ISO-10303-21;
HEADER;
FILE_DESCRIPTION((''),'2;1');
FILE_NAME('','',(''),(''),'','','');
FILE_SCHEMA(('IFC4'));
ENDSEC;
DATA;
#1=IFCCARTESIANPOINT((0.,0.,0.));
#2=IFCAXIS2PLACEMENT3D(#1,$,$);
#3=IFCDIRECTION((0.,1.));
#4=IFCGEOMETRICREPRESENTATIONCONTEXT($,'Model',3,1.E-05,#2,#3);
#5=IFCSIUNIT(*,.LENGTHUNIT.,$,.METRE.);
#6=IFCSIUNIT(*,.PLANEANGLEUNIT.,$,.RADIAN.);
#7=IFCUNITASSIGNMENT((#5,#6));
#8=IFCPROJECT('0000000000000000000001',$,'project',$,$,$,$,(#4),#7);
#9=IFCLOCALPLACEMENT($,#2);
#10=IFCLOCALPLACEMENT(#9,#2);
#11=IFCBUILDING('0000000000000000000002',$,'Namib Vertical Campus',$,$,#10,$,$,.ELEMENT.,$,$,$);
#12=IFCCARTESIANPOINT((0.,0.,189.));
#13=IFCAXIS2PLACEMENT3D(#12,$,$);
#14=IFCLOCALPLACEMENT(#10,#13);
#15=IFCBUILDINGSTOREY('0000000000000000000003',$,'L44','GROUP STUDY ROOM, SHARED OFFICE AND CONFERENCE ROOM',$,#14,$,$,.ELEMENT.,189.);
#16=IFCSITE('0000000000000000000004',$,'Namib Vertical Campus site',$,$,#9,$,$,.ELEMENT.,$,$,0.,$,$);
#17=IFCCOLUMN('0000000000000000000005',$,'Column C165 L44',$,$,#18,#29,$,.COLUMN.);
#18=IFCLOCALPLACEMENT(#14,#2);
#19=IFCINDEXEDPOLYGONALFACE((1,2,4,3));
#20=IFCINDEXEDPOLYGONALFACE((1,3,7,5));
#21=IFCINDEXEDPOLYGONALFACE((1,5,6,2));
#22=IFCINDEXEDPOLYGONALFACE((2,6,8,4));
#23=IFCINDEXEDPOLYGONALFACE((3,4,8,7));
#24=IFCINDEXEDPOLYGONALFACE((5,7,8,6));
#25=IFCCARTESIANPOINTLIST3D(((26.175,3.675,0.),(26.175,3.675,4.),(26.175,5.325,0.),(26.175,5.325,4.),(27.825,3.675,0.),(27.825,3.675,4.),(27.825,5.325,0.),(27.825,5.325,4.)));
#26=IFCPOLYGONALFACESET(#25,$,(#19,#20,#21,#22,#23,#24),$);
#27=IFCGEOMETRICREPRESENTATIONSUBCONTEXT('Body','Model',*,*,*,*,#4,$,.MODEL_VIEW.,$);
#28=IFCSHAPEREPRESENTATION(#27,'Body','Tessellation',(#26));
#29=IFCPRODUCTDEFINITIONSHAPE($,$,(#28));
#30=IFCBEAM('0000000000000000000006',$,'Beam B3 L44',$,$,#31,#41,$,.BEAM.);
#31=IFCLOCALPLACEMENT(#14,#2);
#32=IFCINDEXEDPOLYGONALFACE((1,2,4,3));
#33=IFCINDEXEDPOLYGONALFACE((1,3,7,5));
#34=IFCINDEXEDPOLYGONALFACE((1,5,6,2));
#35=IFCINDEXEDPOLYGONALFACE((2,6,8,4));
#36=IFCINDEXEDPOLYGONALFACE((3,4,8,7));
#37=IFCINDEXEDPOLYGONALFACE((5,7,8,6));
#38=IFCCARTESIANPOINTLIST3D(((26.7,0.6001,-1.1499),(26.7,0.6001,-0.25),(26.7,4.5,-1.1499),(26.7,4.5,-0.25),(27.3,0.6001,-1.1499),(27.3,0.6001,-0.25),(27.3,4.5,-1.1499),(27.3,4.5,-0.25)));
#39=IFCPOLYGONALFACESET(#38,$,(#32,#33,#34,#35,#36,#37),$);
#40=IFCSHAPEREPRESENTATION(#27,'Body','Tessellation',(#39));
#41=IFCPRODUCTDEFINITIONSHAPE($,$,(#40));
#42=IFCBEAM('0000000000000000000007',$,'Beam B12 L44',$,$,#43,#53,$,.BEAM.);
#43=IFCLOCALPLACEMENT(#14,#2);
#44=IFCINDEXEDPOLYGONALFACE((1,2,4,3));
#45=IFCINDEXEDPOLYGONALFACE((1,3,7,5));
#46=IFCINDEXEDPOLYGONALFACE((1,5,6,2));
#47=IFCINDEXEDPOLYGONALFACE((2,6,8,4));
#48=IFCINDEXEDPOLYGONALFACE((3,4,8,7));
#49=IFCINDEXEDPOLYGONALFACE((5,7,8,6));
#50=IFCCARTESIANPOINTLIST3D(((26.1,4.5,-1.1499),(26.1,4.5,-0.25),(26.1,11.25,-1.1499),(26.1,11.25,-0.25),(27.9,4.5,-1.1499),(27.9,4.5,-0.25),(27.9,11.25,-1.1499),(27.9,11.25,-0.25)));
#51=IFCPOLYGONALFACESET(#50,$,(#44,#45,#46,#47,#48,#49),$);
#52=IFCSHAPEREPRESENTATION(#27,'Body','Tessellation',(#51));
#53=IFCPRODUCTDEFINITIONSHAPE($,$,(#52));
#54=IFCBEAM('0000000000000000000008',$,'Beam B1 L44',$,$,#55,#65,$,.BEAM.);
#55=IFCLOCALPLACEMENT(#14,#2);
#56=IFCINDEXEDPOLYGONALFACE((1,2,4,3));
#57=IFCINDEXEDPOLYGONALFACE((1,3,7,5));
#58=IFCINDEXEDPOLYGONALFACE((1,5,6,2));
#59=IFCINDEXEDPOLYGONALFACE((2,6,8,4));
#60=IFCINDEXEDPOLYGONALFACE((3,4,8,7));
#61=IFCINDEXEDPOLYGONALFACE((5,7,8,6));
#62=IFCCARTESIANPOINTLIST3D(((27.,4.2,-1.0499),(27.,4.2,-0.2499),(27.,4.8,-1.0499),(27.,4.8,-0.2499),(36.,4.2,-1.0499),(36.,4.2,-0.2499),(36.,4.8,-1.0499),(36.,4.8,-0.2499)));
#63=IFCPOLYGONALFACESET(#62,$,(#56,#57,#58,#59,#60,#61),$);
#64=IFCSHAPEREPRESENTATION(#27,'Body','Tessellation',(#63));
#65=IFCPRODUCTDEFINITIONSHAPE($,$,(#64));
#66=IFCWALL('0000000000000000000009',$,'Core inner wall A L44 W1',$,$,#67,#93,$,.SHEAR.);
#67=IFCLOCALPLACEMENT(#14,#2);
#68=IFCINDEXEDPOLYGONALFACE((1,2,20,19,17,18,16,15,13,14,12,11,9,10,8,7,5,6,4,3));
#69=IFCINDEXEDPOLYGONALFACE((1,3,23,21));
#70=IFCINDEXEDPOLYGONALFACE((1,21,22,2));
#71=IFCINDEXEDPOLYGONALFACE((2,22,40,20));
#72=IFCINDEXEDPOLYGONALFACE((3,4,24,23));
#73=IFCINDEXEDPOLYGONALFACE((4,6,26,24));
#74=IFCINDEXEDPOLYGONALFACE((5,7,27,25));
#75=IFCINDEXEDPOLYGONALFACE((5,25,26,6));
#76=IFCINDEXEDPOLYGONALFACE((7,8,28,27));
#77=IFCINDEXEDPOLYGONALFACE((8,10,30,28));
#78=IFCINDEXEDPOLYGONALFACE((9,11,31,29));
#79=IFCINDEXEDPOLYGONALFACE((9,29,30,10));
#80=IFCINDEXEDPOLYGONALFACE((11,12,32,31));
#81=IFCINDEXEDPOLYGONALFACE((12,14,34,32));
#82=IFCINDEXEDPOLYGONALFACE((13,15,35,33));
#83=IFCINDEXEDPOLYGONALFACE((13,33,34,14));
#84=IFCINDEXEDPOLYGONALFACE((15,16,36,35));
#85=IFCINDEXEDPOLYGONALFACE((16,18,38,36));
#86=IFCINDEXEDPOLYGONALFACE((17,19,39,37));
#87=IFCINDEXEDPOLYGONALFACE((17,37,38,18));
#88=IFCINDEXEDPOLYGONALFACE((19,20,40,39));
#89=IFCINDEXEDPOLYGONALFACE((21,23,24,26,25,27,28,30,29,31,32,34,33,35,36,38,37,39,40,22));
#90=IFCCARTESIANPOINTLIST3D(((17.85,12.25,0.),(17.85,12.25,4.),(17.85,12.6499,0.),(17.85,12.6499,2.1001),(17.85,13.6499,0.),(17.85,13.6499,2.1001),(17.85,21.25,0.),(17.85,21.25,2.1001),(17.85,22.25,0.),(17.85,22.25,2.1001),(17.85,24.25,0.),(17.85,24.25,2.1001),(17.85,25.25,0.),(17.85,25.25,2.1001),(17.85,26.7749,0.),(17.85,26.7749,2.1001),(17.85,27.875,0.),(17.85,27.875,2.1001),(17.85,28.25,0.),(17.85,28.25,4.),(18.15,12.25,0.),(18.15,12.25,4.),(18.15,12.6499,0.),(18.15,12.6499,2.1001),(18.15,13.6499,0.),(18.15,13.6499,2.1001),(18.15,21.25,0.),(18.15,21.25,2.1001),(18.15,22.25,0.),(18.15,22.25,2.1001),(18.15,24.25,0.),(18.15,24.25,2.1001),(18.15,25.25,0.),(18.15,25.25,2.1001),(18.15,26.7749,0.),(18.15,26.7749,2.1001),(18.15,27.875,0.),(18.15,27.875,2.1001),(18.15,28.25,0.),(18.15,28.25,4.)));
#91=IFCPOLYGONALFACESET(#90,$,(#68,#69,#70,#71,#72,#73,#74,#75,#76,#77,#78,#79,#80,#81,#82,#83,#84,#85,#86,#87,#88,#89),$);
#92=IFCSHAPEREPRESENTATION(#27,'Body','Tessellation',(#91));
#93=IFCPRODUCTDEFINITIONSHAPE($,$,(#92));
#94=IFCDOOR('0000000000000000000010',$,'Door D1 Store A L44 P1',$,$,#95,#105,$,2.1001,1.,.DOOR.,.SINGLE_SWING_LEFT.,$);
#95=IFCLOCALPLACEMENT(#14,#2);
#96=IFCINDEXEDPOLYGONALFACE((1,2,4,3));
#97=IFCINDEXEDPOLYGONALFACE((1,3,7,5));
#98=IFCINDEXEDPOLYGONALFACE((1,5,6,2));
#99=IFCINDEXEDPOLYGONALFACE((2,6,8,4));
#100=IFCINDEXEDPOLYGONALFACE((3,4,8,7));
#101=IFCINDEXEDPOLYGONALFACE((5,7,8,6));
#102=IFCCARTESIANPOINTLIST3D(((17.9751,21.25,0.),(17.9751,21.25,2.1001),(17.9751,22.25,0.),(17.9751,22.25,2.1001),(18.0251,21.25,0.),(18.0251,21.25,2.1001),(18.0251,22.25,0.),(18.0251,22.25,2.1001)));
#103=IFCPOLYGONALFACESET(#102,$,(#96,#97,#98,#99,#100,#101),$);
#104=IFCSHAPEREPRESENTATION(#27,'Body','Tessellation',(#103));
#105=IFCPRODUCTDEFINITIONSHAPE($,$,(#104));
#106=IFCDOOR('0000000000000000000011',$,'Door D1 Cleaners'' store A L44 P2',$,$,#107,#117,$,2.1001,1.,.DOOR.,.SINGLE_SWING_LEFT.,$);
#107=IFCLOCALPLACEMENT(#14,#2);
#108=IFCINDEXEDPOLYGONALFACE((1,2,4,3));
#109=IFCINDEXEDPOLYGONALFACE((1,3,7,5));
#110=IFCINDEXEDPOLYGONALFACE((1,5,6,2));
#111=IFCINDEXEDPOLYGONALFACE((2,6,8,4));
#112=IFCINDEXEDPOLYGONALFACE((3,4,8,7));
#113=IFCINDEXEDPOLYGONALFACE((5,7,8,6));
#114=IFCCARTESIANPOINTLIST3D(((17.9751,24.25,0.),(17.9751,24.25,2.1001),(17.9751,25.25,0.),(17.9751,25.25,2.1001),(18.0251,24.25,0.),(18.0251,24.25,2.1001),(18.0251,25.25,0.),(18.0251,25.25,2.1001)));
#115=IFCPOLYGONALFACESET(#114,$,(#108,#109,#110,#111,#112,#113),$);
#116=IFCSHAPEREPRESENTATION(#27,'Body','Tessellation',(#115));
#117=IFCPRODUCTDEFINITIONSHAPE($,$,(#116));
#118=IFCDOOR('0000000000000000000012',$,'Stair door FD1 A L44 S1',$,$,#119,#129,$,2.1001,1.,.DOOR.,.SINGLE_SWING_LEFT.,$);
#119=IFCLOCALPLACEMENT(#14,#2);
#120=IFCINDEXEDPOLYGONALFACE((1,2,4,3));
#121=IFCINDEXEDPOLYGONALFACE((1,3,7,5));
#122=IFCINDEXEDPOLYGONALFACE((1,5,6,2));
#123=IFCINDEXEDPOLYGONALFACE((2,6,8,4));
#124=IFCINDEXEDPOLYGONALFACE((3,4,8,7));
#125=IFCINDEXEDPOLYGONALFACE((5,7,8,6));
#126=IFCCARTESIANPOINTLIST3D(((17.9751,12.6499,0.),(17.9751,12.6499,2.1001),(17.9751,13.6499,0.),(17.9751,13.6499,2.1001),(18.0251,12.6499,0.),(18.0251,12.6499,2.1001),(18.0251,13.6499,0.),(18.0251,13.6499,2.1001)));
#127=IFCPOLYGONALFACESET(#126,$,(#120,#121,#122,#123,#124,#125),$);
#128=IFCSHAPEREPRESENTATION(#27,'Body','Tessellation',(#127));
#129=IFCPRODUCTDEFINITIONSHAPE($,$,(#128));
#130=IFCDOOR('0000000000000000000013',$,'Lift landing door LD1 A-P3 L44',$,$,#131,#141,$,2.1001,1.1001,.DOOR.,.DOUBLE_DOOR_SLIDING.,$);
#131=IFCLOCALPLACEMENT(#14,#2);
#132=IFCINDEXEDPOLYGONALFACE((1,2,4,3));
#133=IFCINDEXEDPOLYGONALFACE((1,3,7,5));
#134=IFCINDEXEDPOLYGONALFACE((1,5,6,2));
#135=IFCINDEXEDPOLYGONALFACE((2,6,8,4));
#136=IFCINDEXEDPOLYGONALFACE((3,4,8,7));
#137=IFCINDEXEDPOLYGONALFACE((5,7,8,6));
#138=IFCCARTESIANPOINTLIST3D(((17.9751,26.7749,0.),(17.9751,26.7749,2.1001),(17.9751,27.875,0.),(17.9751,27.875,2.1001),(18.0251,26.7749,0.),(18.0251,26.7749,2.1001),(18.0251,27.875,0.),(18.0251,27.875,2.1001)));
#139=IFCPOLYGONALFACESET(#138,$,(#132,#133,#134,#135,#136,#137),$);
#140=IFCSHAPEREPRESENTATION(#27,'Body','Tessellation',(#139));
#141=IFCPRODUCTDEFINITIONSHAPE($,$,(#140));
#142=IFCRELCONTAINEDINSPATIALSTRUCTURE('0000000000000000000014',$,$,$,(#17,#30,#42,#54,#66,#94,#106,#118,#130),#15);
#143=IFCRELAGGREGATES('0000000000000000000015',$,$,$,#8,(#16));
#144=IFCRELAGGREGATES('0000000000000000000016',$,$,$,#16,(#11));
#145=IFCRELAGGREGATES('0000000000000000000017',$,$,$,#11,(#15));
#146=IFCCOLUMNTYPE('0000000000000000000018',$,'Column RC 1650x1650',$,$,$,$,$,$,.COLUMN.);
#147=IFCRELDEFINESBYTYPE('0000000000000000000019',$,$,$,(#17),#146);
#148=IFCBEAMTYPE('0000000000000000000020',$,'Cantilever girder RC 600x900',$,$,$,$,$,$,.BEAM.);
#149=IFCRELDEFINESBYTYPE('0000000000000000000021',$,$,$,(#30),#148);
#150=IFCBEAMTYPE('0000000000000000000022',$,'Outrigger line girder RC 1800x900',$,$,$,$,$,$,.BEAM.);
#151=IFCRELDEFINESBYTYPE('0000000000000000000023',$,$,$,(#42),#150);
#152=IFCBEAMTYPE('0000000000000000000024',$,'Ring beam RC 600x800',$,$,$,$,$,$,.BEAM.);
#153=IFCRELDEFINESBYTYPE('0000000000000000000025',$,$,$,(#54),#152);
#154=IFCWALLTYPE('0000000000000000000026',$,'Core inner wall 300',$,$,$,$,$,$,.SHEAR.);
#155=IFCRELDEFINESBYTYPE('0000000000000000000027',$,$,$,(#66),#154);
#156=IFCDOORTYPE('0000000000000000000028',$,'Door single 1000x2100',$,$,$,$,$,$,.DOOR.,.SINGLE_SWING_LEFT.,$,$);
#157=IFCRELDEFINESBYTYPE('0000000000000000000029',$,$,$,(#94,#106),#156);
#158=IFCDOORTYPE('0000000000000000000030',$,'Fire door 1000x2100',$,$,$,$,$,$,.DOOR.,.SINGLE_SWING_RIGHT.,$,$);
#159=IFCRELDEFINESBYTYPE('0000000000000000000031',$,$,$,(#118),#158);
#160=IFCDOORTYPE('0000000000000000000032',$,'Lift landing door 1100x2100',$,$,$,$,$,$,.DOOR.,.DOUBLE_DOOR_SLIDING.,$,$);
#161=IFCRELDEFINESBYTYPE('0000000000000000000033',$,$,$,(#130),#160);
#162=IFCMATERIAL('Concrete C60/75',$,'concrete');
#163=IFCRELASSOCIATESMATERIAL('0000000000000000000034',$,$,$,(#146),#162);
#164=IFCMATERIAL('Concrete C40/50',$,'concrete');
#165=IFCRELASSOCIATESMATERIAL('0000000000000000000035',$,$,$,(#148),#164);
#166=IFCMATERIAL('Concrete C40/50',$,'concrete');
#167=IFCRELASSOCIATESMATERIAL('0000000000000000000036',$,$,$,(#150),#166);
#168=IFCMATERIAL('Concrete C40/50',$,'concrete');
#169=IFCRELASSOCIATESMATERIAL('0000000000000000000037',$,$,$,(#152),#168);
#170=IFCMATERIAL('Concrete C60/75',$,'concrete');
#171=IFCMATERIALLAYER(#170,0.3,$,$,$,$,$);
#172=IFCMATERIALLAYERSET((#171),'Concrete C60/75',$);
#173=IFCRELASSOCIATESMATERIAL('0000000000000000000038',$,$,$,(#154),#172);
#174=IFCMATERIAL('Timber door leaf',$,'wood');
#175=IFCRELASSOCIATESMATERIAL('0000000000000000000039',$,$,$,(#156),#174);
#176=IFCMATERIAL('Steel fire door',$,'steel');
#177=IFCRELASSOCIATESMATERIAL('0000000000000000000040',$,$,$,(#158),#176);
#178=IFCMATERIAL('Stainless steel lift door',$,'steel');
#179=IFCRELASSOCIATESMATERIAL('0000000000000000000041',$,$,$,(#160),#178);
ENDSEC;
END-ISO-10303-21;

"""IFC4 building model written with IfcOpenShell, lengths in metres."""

from ifc_helpers import new_model, si_unit, direction, frame, frame_2d, origin, origin_2d, place, context, subcontext, project, spatial, rectangle, extrude, material, layer, layer_set, material_profile, profile_set, type_object, element, fill, save


model = new_model("IFC4")

# Units and contexts
model_context = context("Model", 3, precision=1e-05, world=origin(), true_north=direction((0.0, 1.0)))
body_context = subcontext(model_context, "Body", "Model", "MODEL_VIEW")
ifc_project = project(units=[si_unit("LENGTHUNIT", "METRE"), si_unit("PLANEANGLEUNIT", "RADIAN")], contexts=[model_context])

# Site, building, storey
site_placement = place(None, origin())
site = spatial("IfcSite", under=ifc_project, at=site_placement, Name="Namib Vertical Campus site", CompositionType="ELEMENT", RefElevation=0.0)
building_placement = place(site_placement, origin())
building = spatial("IfcBuilding", under=site, at=building_placement, Name="Namib Vertical Campus", CompositionType="ELEMENT")
storey_placement = place(building_placement, frame((0.0, 0.0, 189.0)))
storey = spatial("IfcBuildingStorey", under=building, at=storey_placement, Name="L44", Description="GROUP STUDY ROOM, SHARED OFFICE AND CONFERENCE ROOM", CompositionType="ELEMENT", Elevation=189.0)

# Column
ifc_material_1 = material(Name="Concrete C60/75", Category="concrete")
ifc_material_profile_1 = material_profile(ifc_material_1, rectangle(XDim=1.6499, YDim=1.6499, at=origin_2d()))
ifc_profile_set_1 = profile_set([ifc_material_profile_1], Name="Concrete C60/75")
column_type = type_object("IfcColumnType", Name="Column RC 1650x1650", PredefinedType="COLUMN", material=ifc_profile_set_1)
column_placement = place(storey_placement, frame((27.0, 4.5, 0.0), z_axis=(0.0, 0.0, 1.0), x_axis=(1.0, 0.0, 0.0)))
element("IfcColumn", 1, at=column_placement, inside=storey, type_object=column_type, Name="Column C165 L44", PredefinedType="COLUMN", context=body_context, shape_type="SweptSolid", body=[
    extrude(rectangle(XDim=1.6499, YDim=1.6499, at=origin_2d()), origin(), (0.0, 0.0, 1.0), 4.0),
])

# Beams
ifc_material_2 = material(Name="Concrete C40/50", Category="concrete")
ifc_material_profile_2 = material_profile(ifc_material_2, rectangle(XDim=0.6001, YDim=0.8999, at=origin_2d()))
ifc_profile_set_2 = profile_set([ifc_material_profile_2], Name="Concrete C40/50")
beam_type_1 = type_object("IfcBeamType", Name="Cantilever girder RC 600x900", PredefinedType="BEAM", material=ifc_profile_set_2)
beam_1_placement = place(storey_placement, frame((27.0, 4.5, -0.7), z_axis=(0.0, -1.0, 0.0), x_axis=(1.0, 0.0, 0.0)))
element("IfcBeam", 2, at=beam_1_placement, inside=storey, type_object=beam_type_1, Name="Beam B3 L44", PredefinedType="BEAM", context=body_context, shape_type="SweptSolid", body=[
    extrude(rectangle(XDim=0.6001, YDim=0.8999, at=origin_2d()), origin(), (0.0, 0.0, 1.0), 3.8999),
])
ifc_material_3 = material(Name="Concrete C40/50", Category="concrete")
ifc_material_profile_3 = material_profile(ifc_material_3, rectangle(XDim=1.8, YDim=0.8999, at=origin_2d()))
ifc_profile_set_3 = profile_set([ifc_material_profile_3], Name="Concrete C40/50")
beam_type_2 = type_object("IfcBeamType", Name="Outrigger line girder RC 1800x900", PredefinedType="BEAM", material=ifc_profile_set_3)
beam_2_placement = place(storey_placement, frame((27.0, 4.5, -0.7), z_axis=(0.0, 1.0, 0.0), x_axis=(-1.0, 0.0, 0.0)))
element("IfcBeam", 3, at=beam_2_placement, inside=storey, type_object=beam_type_2, Name="Beam B12 L44", PredefinedType="BEAM", context=body_context, shape_type="SweptSolid", body=[
    extrude(rectangle(XDim=1.8, YDim=0.8999, at=origin_2d()), origin(), (0.0, 0.0, 1.0), 6.75),
])
ifc_material_4 = material(Name="Concrete C40/50", Category="concrete")
ifc_material_profile_4 = material_profile(ifc_material_4, rectangle(XDim=0.6001, YDim=0.8, at=origin_2d()))
ifc_profile_set_4 = profile_set([ifc_material_profile_4], Name="Concrete C40/50")
beam_type_3 = type_object("IfcBeamType", Name="Ring beam RC 600x800", PredefinedType="BEAM", material=ifc_profile_set_4)
beam_3_placement = place(storey_placement, frame((27.0, 4.5, -0.6499), z_axis=(1.0, 0.0, 0.0), x_axis=(0.0, 1.0, 0.0)))
element("IfcBeam", 4, at=beam_3_placement, inside=storey, type_object=beam_type_3, Name="Beam B1 L44", PredefinedType="BEAM", context=body_context, shape_type="SweptSolid", body=[
    extrude(rectangle(XDim=0.6001, YDim=0.8, at=origin_2d()), origin(), (0.0, 0.0, 1.0), 9.0),
])

# Wall, openings, doors
ifc_material_5 = material(Name="Concrete C60/75", Category="concrete")
ifc_layer_1 = layer(ifc_material_5, 0.3)
ifc_layer_set_1 = layer_set([ifc_layer_1], Name="Concrete C60/75")
wall_type_1 = type_object("IfcWallType", Name="Core inner wall 300", PredefinedType="SHEAR", material=ifc_layer_set_1)
wall_1_placement = place(storey_placement, frame((18.0, 12.25, 0.0), z_axis=(0.0, 0.0, 1.0), x_axis=(0.0, 1.0, 0.0)))
wall_1 = element("IfcWall", 5, at=wall_1_placement, inside=storey, type_object=wall_type_1, Name="Core inner wall A L44 W1", PredefinedType="SHEAR", context=body_context, shape_type="SweptSolid", body=[
    extrude(rectangle(XDim=16.0, YDim=0.3, at=frame_2d((8.0, 0.0))), origin(), (0.0, 0.0, 1.0), 4.0),
])
opening_1_placement = place(wall_1_placement, frame((0.3999, 0.0, 0.0)))
opening_1 = element("IfcOpeningElement", 6, at=opening_1_placement, cuts=wall_1, PredefinedType="OPENING", context=body_context, shape_type="SweptSolid", body=[
    extrude(rectangle(XDim=1.0, YDim=2.1001, at=frame_2d((0.5, 1.05))), frame((0.0, 0.1599, 0.0), z_axis=(0.0, -1.0, 0.0), x_axis=(1.0, 0.0, 0.0)), (0.0, 0.0, 1.0), 0.3201),
])
opening_2_placement = place(wall_1_placement, frame((14.5249, 0.0, 0.0)))
opening_2 = element("IfcOpeningElement", 7, at=opening_2_placement, cuts=wall_1, PredefinedType="OPENING", context=body_context, shape_type="SweptSolid", body=[
    extrude(rectangle(XDim=1.1001, YDim=2.1001, at=frame_2d((0.55, 1.05))), frame((0.0, 0.1599, 0.0), z_axis=(0.0, -1.0, 0.0), x_axis=(1.0, 0.0, 0.0)), (0.0, 0.0, 1.0), 0.3201),
])
opening_3_placement = place(wall_1_placement, frame((9.0, 0.0, 0.0)))
opening_3 = element("IfcOpeningElement", 8, at=opening_3_placement, cuts=wall_1, PredefinedType="OPENING", context=body_context, shape_type="SweptSolid", body=[
    extrude(rectangle(XDim=1.0, YDim=2.1001, at=frame_2d((0.5, 1.05))), frame((0.0, 0.1599, 0.0), z_axis=(0.0, -1.0, 0.0), x_axis=(1.0, 0.0, 0.0)), (0.0, 0.0, 1.0), 0.3201),
])
opening_4_placement = place(wall_1_placement, frame((12.0, 0.0, 0.0)))
opening_4 = element("IfcOpeningElement", 9, at=opening_4_placement, cuts=wall_1, PredefinedType="OPENING", context=body_context, shape_type="SweptSolid", body=[
    extrude(rectangle(XDim=1.0, YDim=2.1001, at=frame_2d((0.5, 1.05))), frame((0.0, 0.1599, 0.0), z_axis=(0.0, -1.0, 0.0), x_axis=(1.0, 0.0, 0.0)), (0.0, 0.0, 1.0), 0.3201),
])
ifc_material_6 = material(Name="Timber door leaf", Category="wood")
door_type_1 = type_object("IfcDoorType", Name="Door single 1000x2100", OperationType="SINGLE_SWING_LEFT", PredefinedType="DOOR", material=ifc_material_6)
door_1_placement = place(opening_3_placement, origin())
door_1 = element("IfcDoor", 10, at=door_1_placement, inside=storey, type_object=door_type_1, Name="Door D1 Store A L44 P1", OperationType="SINGLE_SWING_LEFT", OverallHeight=2.1001, OverallWidth=1.0, PredefinedType="DOOR", context=body_context, shape_type="SweptSolid", body=[
    extrude(rectangle(XDim=1.0, YDim=2.1001, at=frame_2d((0.5, 1.05))), frame((0.0, 0.0249, 0.0), z_axis=(0.0, -1.0, 0.0), x_axis=(1.0, 0.0, 0.0)), (0.0, 0.0, 1.0), 0.05),
])
fill(opening_3, door_1)
door_2_placement = place(opening_4_placement, origin())
door_2 = element("IfcDoor", 11, at=door_2_placement, inside=storey, type_object=door_type_1, Name="Door D1 Cleaners' store A L44 P2", OperationType="SINGLE_SWING_LEFT", OverallHeight=2.1001, OverallWidth=1.0, PredefinedType="DOOR", context=body_context, shape_type="SweptSolid", body=[
    extrude(rectangle(XDim=1.0, YDim=2.1001, at=frame_2d((0.5, 1.05))), frame((0.0, 0.0249, 0.0), z_axis=(0.0, -1.0, 0.0), x_axis=(1.0, 0.0, 0.0)), (0.0, 0.0, 1.0), 0.05),
])
fill(opening_4, door_2)
ifc_material_7 = material(Name="Steel fire door", Category="steel")
door_type_2 = type_object("IfcDoorType", Name="Fire door 1000x2100", OperationType="SINGLE_SWING_RIGHT", PredefinedType="DOOR", material=ifc_material_7)
door_3_placement = place(opening_1_placement, origin())
door_3 = element("IfcDoor", 12, at=door_3_placement, inside=storey, type_object=door_type_2, Name="Stair door FD1 A L44 S1", OperationType="SINGLE_SWING_LEFT", OverallHeight=2.1001, OverallWidth=1.0, PredefinedType="DOOR", context=body_context, shape_type="SweptSolid", body=[
    extrude(rectangle(XDim=1.0, YDim=2.1001, at=frame_2d((0.5, 1.05))), frame((0.0, 0.0249, 0.0), z_axis=(0.0, -1.0, 0.0), x_axis=(1.0, 0.0, 0.0)), (0.0, 0.0, 1.0), 0.05),
])
fill(opening_1, door_3)
ifc_material_8 = material(Name="Stainless steel lift door", Category="steel")
door_type_3 = type_object("IfcDoorType", Name="Lift landing door 1100x2100", OperationType="DOUBLE_DOOR_SLIDING", PredefinedType="DOOR", material=ifc_material_8)
door_4_placement = place(opening_2_placement, origin())
door_4 = element("IfcDoor", 13, at=door_4_placement, inside=storey, type_object=door_type_3, Name="Lift landing door LD1 A-P3 L44", OperationType="DOUBLE_DOOR_SLIDING", OverallHeight=2.1001, OverallWidth=1.1001, PredefinedType="DOOR", context=body_context, shape_type="SweptSolid", body=[
    extrude(rectangle(XDim=1.1001, YDim=2.1001, at=frame_2d((0.55, 1.05))), frame((0.0, 0.0249, 0.0), z_axis=(0.0, -1.0, 0.0), x_axis=(1.0, 0.0, 0.0)), (0.0, 0.0, 1.0), 0.05),
])
fill(opening_2, door_4)

save(model, "model.ifc")
